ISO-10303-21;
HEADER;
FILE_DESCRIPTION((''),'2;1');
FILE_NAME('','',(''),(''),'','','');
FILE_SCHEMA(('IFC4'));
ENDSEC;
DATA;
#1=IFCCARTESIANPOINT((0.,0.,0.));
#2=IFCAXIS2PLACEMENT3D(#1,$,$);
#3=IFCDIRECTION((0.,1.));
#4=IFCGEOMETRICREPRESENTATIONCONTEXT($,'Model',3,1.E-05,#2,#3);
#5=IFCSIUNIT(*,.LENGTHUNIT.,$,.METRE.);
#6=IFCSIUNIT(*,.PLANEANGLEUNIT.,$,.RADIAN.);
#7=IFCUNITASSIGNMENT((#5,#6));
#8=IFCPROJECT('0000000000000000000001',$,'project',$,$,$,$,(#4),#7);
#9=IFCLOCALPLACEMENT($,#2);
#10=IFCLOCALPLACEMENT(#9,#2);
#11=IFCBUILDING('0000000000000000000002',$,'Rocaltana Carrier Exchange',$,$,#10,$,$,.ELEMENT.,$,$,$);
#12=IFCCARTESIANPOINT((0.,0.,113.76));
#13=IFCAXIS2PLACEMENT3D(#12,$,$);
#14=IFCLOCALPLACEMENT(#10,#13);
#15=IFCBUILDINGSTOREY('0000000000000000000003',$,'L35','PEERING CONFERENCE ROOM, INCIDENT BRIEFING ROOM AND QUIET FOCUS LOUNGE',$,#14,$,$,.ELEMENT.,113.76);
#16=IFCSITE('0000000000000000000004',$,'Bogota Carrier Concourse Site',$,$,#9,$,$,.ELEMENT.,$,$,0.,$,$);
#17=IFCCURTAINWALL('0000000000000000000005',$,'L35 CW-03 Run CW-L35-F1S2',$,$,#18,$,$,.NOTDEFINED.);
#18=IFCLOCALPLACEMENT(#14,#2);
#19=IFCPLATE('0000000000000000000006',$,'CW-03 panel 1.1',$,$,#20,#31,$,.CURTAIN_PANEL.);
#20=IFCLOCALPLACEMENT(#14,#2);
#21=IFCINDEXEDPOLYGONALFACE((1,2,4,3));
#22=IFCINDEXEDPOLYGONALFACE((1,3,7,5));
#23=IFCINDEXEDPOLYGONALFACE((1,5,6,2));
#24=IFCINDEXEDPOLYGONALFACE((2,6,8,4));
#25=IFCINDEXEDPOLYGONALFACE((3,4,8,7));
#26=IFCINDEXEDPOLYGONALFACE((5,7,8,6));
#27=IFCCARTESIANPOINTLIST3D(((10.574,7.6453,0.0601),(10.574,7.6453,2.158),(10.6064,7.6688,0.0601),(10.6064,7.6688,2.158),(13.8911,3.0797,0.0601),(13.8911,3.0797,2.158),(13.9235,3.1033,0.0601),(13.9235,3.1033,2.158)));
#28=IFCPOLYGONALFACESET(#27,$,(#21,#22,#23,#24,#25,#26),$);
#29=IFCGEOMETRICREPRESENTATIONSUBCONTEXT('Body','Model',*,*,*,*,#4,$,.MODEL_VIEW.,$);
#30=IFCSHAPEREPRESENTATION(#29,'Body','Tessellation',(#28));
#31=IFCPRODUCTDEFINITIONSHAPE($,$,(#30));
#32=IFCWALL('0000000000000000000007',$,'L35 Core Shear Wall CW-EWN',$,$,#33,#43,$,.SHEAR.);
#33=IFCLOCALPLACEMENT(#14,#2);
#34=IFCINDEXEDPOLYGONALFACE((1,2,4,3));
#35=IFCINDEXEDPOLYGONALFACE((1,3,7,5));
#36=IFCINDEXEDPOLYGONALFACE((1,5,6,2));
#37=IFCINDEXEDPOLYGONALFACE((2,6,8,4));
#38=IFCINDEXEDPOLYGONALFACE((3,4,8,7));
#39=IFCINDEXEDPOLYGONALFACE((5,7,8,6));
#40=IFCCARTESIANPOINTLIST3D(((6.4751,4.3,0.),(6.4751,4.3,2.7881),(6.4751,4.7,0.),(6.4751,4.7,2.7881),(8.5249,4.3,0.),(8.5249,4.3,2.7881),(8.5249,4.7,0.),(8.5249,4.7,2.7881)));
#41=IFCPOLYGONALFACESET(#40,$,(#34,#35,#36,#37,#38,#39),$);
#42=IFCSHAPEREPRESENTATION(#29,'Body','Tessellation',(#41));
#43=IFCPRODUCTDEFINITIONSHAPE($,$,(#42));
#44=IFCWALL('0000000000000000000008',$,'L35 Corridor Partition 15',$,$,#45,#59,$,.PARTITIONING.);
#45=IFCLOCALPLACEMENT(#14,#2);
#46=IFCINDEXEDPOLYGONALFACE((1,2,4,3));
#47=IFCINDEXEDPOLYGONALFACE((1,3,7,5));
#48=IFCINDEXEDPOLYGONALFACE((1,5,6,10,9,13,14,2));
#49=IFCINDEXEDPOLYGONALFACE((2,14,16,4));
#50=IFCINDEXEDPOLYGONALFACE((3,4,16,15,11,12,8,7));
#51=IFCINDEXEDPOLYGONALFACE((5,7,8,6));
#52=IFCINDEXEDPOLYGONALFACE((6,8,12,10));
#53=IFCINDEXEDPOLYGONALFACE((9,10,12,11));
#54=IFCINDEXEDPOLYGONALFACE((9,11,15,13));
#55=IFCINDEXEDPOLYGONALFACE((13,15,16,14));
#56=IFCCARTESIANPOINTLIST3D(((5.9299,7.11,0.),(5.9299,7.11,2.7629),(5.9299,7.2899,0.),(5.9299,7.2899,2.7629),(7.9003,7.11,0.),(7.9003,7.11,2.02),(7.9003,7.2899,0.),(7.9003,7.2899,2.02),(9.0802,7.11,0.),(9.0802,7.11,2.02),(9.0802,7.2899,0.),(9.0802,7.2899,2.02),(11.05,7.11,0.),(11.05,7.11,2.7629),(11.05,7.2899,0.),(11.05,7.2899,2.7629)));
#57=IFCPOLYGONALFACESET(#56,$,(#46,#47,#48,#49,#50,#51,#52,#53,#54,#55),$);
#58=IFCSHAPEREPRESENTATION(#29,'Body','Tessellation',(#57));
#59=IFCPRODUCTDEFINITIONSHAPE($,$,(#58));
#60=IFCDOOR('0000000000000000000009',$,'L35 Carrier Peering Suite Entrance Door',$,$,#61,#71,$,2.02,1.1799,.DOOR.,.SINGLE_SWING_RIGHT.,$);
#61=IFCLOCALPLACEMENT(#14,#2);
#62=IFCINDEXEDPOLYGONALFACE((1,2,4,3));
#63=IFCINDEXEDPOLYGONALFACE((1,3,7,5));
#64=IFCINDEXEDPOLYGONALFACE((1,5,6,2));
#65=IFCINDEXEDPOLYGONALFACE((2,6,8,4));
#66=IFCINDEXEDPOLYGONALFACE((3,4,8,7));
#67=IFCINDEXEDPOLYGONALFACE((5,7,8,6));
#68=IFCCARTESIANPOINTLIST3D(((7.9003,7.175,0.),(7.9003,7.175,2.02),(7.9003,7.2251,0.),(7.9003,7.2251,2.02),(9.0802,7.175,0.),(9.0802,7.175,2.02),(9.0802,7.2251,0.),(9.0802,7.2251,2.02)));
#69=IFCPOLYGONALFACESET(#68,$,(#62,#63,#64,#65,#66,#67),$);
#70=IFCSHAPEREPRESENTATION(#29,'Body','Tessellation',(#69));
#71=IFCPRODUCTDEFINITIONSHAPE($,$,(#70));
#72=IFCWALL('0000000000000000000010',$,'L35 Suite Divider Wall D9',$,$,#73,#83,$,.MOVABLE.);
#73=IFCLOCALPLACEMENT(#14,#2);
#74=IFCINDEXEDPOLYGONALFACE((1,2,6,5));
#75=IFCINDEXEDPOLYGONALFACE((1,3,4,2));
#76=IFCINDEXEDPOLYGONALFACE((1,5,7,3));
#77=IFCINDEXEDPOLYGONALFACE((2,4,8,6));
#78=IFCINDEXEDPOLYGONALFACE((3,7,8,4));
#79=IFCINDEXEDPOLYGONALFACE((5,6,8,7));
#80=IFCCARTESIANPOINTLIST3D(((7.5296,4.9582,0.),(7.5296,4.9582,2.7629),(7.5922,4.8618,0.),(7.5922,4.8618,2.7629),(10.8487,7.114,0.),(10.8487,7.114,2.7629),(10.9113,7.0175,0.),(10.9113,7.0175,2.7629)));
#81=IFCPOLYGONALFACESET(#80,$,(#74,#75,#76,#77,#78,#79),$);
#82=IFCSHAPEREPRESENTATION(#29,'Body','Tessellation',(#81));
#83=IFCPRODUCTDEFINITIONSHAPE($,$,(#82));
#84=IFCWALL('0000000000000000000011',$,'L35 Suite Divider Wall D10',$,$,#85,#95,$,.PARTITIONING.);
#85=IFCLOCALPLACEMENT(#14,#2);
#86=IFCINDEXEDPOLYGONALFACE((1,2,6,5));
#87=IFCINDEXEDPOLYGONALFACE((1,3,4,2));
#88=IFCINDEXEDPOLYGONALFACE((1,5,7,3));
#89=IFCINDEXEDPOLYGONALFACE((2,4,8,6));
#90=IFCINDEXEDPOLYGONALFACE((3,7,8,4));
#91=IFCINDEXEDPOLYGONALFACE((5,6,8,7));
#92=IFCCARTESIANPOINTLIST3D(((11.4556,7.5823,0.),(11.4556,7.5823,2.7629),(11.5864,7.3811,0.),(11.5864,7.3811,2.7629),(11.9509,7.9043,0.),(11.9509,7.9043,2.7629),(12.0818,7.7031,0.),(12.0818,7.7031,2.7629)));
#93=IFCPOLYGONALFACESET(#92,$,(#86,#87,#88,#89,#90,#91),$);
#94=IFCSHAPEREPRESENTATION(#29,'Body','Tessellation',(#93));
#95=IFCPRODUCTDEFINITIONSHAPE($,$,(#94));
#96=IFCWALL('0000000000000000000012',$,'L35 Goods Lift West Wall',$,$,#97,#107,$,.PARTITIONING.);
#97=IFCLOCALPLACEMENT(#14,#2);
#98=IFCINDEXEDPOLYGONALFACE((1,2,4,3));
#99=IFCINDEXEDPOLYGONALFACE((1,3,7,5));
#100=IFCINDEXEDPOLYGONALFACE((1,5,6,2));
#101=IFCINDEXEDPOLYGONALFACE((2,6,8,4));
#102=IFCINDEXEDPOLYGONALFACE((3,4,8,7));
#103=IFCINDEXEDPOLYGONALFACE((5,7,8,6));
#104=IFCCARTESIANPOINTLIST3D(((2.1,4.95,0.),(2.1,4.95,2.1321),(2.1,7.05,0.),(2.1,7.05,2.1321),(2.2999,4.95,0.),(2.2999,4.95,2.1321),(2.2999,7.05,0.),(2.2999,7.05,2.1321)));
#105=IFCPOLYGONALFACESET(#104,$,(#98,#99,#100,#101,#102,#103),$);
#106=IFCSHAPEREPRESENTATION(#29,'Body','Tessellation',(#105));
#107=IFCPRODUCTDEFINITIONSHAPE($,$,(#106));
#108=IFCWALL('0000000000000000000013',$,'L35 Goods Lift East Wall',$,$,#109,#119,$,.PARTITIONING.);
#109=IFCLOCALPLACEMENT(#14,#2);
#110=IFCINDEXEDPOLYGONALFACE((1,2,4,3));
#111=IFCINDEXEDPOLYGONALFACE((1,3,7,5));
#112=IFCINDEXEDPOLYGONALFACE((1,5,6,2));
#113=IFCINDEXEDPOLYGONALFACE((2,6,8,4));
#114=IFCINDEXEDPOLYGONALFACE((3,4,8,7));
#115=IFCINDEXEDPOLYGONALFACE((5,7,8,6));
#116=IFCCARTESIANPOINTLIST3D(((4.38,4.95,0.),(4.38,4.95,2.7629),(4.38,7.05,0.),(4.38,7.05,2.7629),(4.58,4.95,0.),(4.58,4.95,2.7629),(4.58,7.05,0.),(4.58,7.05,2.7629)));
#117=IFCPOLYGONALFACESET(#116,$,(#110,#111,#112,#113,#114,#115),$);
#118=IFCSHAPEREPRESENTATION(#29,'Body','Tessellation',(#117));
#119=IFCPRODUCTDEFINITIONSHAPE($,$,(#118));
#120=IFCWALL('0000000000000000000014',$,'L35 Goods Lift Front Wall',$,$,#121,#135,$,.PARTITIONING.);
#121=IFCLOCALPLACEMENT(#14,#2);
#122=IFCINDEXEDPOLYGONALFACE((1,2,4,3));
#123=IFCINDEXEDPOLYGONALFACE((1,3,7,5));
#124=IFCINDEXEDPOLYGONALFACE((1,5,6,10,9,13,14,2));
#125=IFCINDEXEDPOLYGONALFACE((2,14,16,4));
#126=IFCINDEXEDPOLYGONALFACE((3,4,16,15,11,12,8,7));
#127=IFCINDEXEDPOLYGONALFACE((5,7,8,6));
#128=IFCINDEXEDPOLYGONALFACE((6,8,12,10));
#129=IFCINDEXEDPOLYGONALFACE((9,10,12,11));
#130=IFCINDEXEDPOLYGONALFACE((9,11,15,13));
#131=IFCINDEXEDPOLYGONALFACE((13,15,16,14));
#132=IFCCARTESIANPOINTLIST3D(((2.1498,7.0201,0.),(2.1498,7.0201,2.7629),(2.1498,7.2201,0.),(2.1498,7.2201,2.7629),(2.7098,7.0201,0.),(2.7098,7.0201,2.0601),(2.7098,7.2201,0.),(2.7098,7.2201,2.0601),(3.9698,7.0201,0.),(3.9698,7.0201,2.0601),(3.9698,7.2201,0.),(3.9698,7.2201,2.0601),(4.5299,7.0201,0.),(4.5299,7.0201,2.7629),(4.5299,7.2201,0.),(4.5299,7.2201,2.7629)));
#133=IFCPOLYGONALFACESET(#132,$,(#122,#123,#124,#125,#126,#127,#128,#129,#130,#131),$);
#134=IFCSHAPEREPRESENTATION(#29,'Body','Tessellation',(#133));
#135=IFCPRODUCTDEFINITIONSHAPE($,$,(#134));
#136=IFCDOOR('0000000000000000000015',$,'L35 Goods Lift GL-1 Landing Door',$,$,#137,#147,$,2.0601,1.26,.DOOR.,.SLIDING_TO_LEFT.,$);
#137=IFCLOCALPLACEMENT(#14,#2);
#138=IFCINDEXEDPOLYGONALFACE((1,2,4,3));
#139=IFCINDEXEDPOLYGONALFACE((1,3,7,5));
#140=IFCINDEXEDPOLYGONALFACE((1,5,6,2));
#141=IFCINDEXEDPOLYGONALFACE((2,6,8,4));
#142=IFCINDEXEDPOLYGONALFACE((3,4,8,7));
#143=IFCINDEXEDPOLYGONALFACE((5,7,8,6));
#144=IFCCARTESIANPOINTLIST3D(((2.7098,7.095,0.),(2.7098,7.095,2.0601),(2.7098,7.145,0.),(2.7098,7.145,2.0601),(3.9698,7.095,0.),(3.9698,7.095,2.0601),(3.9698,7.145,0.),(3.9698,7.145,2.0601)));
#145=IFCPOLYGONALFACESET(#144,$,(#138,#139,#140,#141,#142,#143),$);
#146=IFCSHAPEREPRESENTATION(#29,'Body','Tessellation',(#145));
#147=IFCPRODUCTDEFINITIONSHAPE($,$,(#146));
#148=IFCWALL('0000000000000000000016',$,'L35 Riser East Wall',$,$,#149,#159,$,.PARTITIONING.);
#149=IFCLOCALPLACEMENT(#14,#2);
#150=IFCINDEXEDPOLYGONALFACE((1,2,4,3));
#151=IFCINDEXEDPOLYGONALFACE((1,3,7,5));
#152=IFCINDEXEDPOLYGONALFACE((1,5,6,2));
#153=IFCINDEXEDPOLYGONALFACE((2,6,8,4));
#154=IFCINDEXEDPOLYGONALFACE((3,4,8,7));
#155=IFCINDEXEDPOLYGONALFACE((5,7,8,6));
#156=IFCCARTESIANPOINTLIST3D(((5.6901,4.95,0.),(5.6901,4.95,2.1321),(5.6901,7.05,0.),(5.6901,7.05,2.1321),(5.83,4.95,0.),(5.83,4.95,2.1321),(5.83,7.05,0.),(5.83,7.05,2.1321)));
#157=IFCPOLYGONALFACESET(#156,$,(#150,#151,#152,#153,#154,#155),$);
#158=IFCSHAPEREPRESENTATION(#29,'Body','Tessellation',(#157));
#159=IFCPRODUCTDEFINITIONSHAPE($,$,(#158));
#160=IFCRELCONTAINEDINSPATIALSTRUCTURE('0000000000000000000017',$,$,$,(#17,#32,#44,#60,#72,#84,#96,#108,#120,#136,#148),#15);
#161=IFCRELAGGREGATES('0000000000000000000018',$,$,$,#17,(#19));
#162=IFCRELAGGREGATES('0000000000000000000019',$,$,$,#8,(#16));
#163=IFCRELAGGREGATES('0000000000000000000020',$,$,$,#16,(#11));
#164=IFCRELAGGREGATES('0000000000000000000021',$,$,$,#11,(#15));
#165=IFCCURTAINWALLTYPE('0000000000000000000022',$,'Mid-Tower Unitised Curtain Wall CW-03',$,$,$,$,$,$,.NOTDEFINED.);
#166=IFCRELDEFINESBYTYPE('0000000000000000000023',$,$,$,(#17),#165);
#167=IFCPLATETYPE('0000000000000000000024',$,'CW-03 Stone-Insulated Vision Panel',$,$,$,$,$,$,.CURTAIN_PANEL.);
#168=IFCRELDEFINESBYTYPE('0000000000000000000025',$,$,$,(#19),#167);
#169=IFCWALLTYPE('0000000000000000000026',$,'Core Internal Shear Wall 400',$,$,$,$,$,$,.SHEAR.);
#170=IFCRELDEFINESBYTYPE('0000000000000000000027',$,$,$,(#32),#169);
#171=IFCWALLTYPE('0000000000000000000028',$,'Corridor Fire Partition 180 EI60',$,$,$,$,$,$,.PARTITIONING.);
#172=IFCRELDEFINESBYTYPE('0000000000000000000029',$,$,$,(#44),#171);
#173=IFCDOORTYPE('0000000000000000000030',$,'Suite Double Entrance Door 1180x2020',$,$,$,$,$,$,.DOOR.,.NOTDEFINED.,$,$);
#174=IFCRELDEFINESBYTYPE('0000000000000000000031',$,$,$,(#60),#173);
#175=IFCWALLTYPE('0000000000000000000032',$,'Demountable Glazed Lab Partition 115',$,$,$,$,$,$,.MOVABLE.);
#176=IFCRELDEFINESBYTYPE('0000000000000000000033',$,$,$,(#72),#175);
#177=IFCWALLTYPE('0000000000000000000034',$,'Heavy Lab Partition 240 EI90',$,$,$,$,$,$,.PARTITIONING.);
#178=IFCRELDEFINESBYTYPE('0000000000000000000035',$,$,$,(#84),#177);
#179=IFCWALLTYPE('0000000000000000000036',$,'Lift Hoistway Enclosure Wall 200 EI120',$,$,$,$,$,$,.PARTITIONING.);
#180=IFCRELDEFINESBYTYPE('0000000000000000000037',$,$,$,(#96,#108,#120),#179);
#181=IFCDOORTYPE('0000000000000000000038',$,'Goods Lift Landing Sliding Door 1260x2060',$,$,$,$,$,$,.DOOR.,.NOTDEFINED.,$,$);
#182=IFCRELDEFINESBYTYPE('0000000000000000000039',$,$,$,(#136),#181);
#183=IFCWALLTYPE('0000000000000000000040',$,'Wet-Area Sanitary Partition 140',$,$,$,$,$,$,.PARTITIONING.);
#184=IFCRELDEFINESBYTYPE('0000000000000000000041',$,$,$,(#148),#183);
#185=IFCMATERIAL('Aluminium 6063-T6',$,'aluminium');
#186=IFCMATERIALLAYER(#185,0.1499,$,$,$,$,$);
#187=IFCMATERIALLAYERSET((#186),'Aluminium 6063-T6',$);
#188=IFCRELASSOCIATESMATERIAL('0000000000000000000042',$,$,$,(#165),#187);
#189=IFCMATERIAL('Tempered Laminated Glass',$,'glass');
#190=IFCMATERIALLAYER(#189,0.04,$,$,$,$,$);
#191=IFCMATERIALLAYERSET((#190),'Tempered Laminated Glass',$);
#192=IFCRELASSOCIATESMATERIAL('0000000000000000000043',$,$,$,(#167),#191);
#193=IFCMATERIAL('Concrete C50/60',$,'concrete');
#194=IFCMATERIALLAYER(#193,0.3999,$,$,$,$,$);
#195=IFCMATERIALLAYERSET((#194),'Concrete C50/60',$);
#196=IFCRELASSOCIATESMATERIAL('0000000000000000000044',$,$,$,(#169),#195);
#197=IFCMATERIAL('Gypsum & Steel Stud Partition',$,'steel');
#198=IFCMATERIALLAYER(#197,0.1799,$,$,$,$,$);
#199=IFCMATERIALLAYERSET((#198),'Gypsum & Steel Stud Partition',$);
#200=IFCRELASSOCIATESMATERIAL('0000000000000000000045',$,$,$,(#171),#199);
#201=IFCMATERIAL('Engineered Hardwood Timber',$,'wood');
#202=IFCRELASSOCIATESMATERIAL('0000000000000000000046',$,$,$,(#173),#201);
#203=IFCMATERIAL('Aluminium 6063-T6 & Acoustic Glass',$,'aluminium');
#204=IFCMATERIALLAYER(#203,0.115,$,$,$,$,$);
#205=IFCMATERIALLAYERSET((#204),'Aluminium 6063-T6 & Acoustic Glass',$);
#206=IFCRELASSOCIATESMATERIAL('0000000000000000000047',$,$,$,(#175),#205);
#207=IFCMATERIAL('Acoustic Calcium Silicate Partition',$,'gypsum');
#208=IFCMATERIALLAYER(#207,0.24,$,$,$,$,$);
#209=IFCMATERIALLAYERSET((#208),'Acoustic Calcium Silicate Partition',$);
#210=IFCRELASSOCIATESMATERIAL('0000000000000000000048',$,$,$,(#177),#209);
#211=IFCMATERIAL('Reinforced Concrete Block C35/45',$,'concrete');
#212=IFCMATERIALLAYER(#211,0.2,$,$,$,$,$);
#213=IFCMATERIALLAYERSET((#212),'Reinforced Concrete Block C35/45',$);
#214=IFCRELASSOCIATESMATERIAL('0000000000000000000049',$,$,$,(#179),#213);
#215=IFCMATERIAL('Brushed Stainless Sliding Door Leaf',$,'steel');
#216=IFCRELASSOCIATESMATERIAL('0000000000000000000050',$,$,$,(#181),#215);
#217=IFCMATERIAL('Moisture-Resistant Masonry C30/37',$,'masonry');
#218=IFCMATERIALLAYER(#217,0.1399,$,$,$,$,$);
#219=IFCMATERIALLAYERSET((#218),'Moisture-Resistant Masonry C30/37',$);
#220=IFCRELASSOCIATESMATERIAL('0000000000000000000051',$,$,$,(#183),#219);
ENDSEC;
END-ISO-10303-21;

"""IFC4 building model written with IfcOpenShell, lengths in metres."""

from ifc_helpers import new_model, si_unit, direction, frame, frame_2d, origin, origin_2d, place, context, subcontext, project, spatial, rectangle, extrude, material, layer, layer_set, type_object, element, fill, aggregate, save


model = new_model("IFC4")

# Units and contexts
model_context = context("Model", 3, precision=1e-05, world=origin(), true_north=direction((0.0, 1.0)))
body_context = subcontext(model_context, "Body", "Model", "MODEL_VIEW")
ifc_project = project(units=[si_unit("LENGTHUNIT", "METRE"), si_unit("PLANEANGLEUNIT", "RADIAN")], contexts=[model_context])

# Site, building, storey
site_placement = place(None, origin())
site = spatial("IfcSite", under=ifc_project, at=site_placement, Name="Bogota Carrier Concourse Site", CompositionType="ELEMENT", RefElevation=0.0)
building_placement = place(site_placement, origin())
building = spatial("IfcBuilding", under=site, at=building_placement, Name="Rocaltana Carrier Exchange", CompositionType="ELEMENT")
storey_placement = place(building_placement, frame((0.0, 0.0, 113.76)))
storey = spatial("IfcBuildingStorey", under=building, at=storey_placement, Name="L35", Description="PEERING CONFERENCE ROOM, INCIDENT BRIEFING ROOM AND QUIET FOCUS LOUNGE", CompositionType="ELEMENT", Elevation=113.76)

# Curtain wall
ifc_material_1 = material(Name="Aluminium 6063-T6", Category="aluminium")
ifc_layer_1 = layer(ifc_material_1, 0.1499)
ifc_layer_set_1 = layer_set([ifc_layer_1], Name="Aluminium 6063-T6")
curtain_wall_type = type_object("IfcCurtainWallType", Name="Mid-Tower Unitised Curtain Wall CW-03", PredefinedType="NOTDEFINED", material=ifc_layer_set_1)
curtain_wall_placement = place(storey_placement, origin())
curtain_wall = element("IfcCurtainWall", 1, at=curtain_wall_placement, inside=storey, type_object=curtain_wall_type, Name="L35 CW-03 Run CW-L35-F1S2", PredefinedType="NOTDEFINED")

# Plate
ifc_material_2 = material(Name="Tempered Laminated Glass", Category="glass")
ifc_layer_2 = layer(ifc_material_2, 0.04)
ifc_layer_set_2 = layer_set([ifc_layer_2], Name="Tempered Laminated Glass")
plate_type = type_object("IfcPlateType", Name="CW-03 Stone-Insulated Vision Panel", PredefinedType="CURTAIN_PANEL", material=ifc_layer_set_2)
plate_placement = place(storey_placement, frame((12.2488, 5.3743, 0.0601), z_axis=(0.0, 0.0, 1.0), x_axis=(-0.58779, 0.809014, 0.0)))
plate = element("IfcPlate", 2, at=plate_placement, type_object=plate_type, Name="CW-03 panel 1.1", PredefinedType="CURTAIN_PANEL", context=body_context, shape_type="SweptSolid", body=[
    extrude(rectangle(XDim=5.6433, YDim=0.04, at=origin_2d()), origin(), (0.0, 0.0, 1.0), 2.0979),
])
aggregate(curtain_wall, [plate])

# Wall
ifc_material_3 = material(Name="Concrete C50/60", Category="concrete")
ifc_layer_3 = layer(ifc_material_3, 0.3999)
ifc_layer_set_3 = layer_set([ifc_layer_3], Name="Concrete C50/60")
wall_type_1 = type_object("IfcWallType", Name="Core Internal Shear Wall 400", PredefinedType="SHEAR", material=ifc_layer_set_3)
wall_1_placement = place(storey_placement, frame((6.4751, 4.5, 0.0), z_axis=(0.0, 0.0, 1.0), x_axis=(1.0, 0.0, 0.0)))
element("IfcWall", 3, at=wall_1_placement, inside=storey, type_object=wall_type_1, Name="L35 Core Shear Wall CW-EWN", PredefinedType="SHEAR", context=body_context, shape_type="SweptSolid", body=[
    extrude(rectangle(XDim=2.0498, YDim=0.3999, at=frame_2d((1.0249, 0.0))), origin(), (0.0, 0.0, 1.0), 2.7881),
])

# Wall, opening, door
ifc_material_4 = material(Name="Gypsum & Steel Stud Partition", Category="steel")
ifc_layer_4 = layer(ifc_material_4, 0.1799)
ifc_layer_set_4 = layer_set([ifc_layer_4], Name="Gypsum & Steel Stud Partition")
wall_type_2 = type_object("IfcWallType", Name="Corridor Fire Partition 180 EI60", PredefinedType="PARTITIONING", material=ifc_layer_set_4)
wall_2_placement = place(storey_placement, frame((11.05, 7.2, 0.0), z_axis=(0.0, 0.0, 1.0), x_axis=(-1.0, 0.0, 0.0)))
wall_2 = element("IfcWall", 4, at=wall_2_placement, inside=storey, type_object=wall_type_2, Name="L35 Corridor Partition 15", PredefinedType="PARTITIONING", context=body_context, shape_type="SweptSolid", body=[
    extrude(rectangle(XDim=5.1201, YDim=0.1799, at=frame_2d((2.5601, 0.0))), origin(), (0.0, 0.0, 1.0), 2.7629),
])
opening_1_placement = place(wall_2_placement, frame((1.97, 0.0, 0.0)))
opening_1 = element("IfcOpeningElement", 5, at=opening_1_placement, cuts=wall_2, PredefinedType="OPENING", context=body_context, shape_type="SweptSolid", body=[
    extrude(rectangle(XDim=1.1799, YDim=2.02, at=frame_2d((0.5898, 1.01))), frame((0.0, 0.0999, 0.0), z_axis=(0.0, -1.0, 0.0), x_axis=(1.0, 0.0, 0.0)), (0.0, 0.0, 1.0), 0.2),
])
ifc_material_5 = material(Name="Engineered Hardwood Timber", Category="wood")
door_type_1 = type_object("IfcDoorType", Name="Suite Double Entrance Door 1180x2020", OperationType="NOTDEFINED", PredefinedType="DOOR", material=ifc_material_5)
door_1_placement = place(opening_1_placement, origin())
door_1 = element("IfcDoor", 6, at=door_1_placement, inside=storey, type_object=door_type_1, Name="L35 Carrier Peering Suite Entrance Door", OperationType="SINGLE_SWING_RIGHT", OverallHeight=2.02, OverallWidth=1.1799, PredefinedType="DOOR", context=body_context, shape_type="SweptSolid", body=[
    extrude(rectangle(XDim=1.1799, YDim=2.02, at=frame_2d((0.5898, 1.01))), frame((0.0, 0.0249, 0.0), z_axis=(0.0, -1.0, 0.0), x_axis=(1.0, 0.0, 0.0)), (0.0, 0.0, 1.0), 0.05),
])
fill(opening_1, door_1)

# Walls
ifc_material_6 = material(Name="Aluminium 6063-T6 & Acoustic Glass", Category="aluminium")
ifc_layer_5 = layer(ifc_material_6, 0.115)
ifc_layer_set_5 = layer_set([ifc_layer_5], Name="Aluminium 6063-T6 & Acoustic Glass")
wall_type_3 = type_object("IfcWallType", Name="Demountable Glazed Lab Partition 115", PredefinedType="MOVABLE", material=ifc_layer_set_5)
wall_3_placement = place(storey_placement, frame((7.5608, 4.9099, 0.0), z_axis=(0.0, 0.0, 1.0), x_axis=(0.838634, 0.544696, 0.0)))
element("IfcWall", 7, at=wall_3_placement, inside=storey, type_object=wall_type_3, Name="L35 Suite Divider Wall D9", PredefinedType="MOVABLE", context=body_context, shape_type="SweptSolid", body=[
    extrude(rectangle(XDim=3.9578, YDim=0.115, at=frame_2d((1.979, 0.0))), origin(), (0.0, 0.0, 1.0), 2.7629),
])
ifc_material_7 = material(Name="Acoustic Calcium Silicate Partition", Category="gypsum")
ifc_layer_6 = layer(ifc_material_7, 0.24)
ifc_layer_set_6 = layer_set([ifc_layer_6], Name="Acoustic Calcium Silicate Partition")
wall_type_4 = type_object("IfcWallType", Name="Heavy Lab Partition 240 EI90", PredefinedType="PARTITIONING", material=ifc_layer_set_6)
wall_4_placement = place(storey_placement, frame((11.521, 7.4817, 0.0), z_axis=(0.0, 0.0, 1.0), x_axis=(0.838415, 0.545032, 0.0)))
element("IfcWall", 8, at=wall_4_placement, inside=storey, type_object=wall_type_4, Name="L35 Suite Divider Wall D10", PredefinedType="PARTITIONING", context=body_context, shape_type="SweptSolid", body=[
    extrude(rectangle(XDim=0.5908, YDim=0.24, at=frame_2d((0.2954, 0.0))), origin(), (0.0, 0.0, 1.0), 2.7629),
])
ifc_material_8 = material(Name="Reinforced Concrete Block C35/45", Category="concrete")
ifc_layer_7 = layer(ifc_material_8, 0.2)
ifc_layer_set_7 = layer_set([ifc_layer_7], Name="Reinforced Concrete Block C35/45")
wall_type_5 = type_object("IfcWallType", Name="Lift Hoistway Enclosure Wall 200 EI120", PredefinedType="PARTITIONING", material=ifc_layer_set_7)
wall_5_placement = place(storey_placement, frame((2.2, 4.95, 0.0), z_axis=(0.0, 0.0, 1.0), x_axis=(0.0, 1.0, 0.0)))
element("IfcWall", 9, at=wall_5_placement, inside=storey, type_object=wall_type_5, Name="L35 Goods Lift West Wall", PredefinedType="PARTITIONING", context=body_context, shape_type="SweptSolid", body=[
    extrude(rectangle(XDim=2.1001, YDim=0.2, at=frame_2d((1.05, 0.0))), origin(), (0.0, 0.0, 1.0), 2.1321),
])
wall_6_placement = place(storey_placement, frame((4.48, 4.95, 0.0), z_axis=(0.0, 0.0, 1.0), x_axis=(0.0, 1.0, 0.0)))
element("IfcWall", 10, at=wall_6_placement, inside=storey, type_object=wall_type_5, Name="L35 Goods Lift East Wall", PredefinedType="PARTITIONING", context=body_context, shape_type="SweptSolid", body=[
    extrude(rectangle(XDim=2.1001, YDim=0.2, at=frame_2d((1.05, 0.0))), origin(), (0.0, 0.0, 1.0), 2.7629),
])

# Wall, opening, door
wall_7_placement = place(storey_placement, frame((2.1499, 7.1201, 0.0), z_axis=(0.0, 0.0, 1.0), x_axis=(1.0, 0.0, 0.0)))
wall_7 = element("IfcWall", 11, at=wall_7_placement, inside=storey, type_object=wall_type_5, Name="L35 Goods Lift Front Wall", PredefinedType="PARTITIONING", context=body_context, shape_type="SweptSolid", body=[
    extrude(rectangle(XDim=2.3801, YDim=0.2, at=frame_2d((1.1899, 0.0))), origin(), (0.0, 0.0, 1.0), 2.7629),
])
opening_2_placement = place(wall_7_placement, frame((0.5601, 0.0, 0.0)))
opening_2 = element("IfcOpeningElement", 12, at=opening_2_placement, cuts=wall_7, PredefinedType="OPENING", context=body_context, shape_type="SweptSolid", body=[
    extrude(rectangle(XDim=1.26, YDim=2.0601, at=frame_2d((0.6299, 1.03))), frame((0.0, 0.1099, 0.0), z_axis=(0.0, -1.0, 0.0), x_axis=(1.0, 0.0, 0.0)), (0.0, 0.0, 1.0), 0.22),
])
ifc_material_9 = material(Name="Brushed Stainless Sliding Door Leaf", Category="steel")
door_type_2 = type_object("IfcDoorType", Name="Goods Lift Landing Sliding Door 1260x2060", OperationType="NOTDEFINED", PredefinedType="DOOR", material=ifc_material_9)
door_2_placement = place(opening_2_placement, origin())
door_2 = element("IfcDoor", 13, at=door_2_placement, inside=storey, type_object=door_type_2, Name="L35 Goods Lift GL-1 Landing Door", OperationType="SLIDING_TO_LEFT", OverallHeight=2.0601, OverallWidth=1.26, PredefinedType="DOOR", context=body_context, shape_type="SweptSolid", body=[
    extrude(rectangle(XDim=1.26, YDim=2.0601, at=frame_2d((0.6299, 1.03))), frame((0.0, 0.0249, 0.0), z_axis=(0.0, -1.0, 0.0), x_axis=(1.0, 0.0, 0.0)), (0.0, 0.0, 1.0), 0.05),
])
fill(opening_2, door_2)

# Wall
ifc_material_10 = material(Name="Moisture-Resistant Masonry C30/37", Category="masonry")
ifc_layer_8 = layer(ifc_material_10, 0.1399)
ifc_layer_set_8 = layer_set([ifc_layer_8], Name="Moisture-Resistant Masonry C30/37")
wall_type_6 = type_object("IfcWallType", Name="Wet-Area Sanitary Partition 140", PredefinedType="PARTITIONING", material=ifc_layer_set_8)
wall_8_placement = place(storey_placement, frame((5.76, 4.95, 0.0), z_axis=(0.0, 0.0, 1.0), x_axis=(0.0, 1.0, 0.0)))
element("IfcWall", 14, at=wall_8_placement, inside=storey, type_object=wall_type_6, Name="L35 Riser East Wall", PredefinedType="PARTITIONING", context=body_context, shape_type="SweptSolid", body=[
    extrude(rectangle(XDim=2.1001, YDim=0.1399, at=frame_2d((1.05, 0.0))), origin(), (0.0, 0.0, 1.0), 2.1321),
])

save(model, "model.ifc")
